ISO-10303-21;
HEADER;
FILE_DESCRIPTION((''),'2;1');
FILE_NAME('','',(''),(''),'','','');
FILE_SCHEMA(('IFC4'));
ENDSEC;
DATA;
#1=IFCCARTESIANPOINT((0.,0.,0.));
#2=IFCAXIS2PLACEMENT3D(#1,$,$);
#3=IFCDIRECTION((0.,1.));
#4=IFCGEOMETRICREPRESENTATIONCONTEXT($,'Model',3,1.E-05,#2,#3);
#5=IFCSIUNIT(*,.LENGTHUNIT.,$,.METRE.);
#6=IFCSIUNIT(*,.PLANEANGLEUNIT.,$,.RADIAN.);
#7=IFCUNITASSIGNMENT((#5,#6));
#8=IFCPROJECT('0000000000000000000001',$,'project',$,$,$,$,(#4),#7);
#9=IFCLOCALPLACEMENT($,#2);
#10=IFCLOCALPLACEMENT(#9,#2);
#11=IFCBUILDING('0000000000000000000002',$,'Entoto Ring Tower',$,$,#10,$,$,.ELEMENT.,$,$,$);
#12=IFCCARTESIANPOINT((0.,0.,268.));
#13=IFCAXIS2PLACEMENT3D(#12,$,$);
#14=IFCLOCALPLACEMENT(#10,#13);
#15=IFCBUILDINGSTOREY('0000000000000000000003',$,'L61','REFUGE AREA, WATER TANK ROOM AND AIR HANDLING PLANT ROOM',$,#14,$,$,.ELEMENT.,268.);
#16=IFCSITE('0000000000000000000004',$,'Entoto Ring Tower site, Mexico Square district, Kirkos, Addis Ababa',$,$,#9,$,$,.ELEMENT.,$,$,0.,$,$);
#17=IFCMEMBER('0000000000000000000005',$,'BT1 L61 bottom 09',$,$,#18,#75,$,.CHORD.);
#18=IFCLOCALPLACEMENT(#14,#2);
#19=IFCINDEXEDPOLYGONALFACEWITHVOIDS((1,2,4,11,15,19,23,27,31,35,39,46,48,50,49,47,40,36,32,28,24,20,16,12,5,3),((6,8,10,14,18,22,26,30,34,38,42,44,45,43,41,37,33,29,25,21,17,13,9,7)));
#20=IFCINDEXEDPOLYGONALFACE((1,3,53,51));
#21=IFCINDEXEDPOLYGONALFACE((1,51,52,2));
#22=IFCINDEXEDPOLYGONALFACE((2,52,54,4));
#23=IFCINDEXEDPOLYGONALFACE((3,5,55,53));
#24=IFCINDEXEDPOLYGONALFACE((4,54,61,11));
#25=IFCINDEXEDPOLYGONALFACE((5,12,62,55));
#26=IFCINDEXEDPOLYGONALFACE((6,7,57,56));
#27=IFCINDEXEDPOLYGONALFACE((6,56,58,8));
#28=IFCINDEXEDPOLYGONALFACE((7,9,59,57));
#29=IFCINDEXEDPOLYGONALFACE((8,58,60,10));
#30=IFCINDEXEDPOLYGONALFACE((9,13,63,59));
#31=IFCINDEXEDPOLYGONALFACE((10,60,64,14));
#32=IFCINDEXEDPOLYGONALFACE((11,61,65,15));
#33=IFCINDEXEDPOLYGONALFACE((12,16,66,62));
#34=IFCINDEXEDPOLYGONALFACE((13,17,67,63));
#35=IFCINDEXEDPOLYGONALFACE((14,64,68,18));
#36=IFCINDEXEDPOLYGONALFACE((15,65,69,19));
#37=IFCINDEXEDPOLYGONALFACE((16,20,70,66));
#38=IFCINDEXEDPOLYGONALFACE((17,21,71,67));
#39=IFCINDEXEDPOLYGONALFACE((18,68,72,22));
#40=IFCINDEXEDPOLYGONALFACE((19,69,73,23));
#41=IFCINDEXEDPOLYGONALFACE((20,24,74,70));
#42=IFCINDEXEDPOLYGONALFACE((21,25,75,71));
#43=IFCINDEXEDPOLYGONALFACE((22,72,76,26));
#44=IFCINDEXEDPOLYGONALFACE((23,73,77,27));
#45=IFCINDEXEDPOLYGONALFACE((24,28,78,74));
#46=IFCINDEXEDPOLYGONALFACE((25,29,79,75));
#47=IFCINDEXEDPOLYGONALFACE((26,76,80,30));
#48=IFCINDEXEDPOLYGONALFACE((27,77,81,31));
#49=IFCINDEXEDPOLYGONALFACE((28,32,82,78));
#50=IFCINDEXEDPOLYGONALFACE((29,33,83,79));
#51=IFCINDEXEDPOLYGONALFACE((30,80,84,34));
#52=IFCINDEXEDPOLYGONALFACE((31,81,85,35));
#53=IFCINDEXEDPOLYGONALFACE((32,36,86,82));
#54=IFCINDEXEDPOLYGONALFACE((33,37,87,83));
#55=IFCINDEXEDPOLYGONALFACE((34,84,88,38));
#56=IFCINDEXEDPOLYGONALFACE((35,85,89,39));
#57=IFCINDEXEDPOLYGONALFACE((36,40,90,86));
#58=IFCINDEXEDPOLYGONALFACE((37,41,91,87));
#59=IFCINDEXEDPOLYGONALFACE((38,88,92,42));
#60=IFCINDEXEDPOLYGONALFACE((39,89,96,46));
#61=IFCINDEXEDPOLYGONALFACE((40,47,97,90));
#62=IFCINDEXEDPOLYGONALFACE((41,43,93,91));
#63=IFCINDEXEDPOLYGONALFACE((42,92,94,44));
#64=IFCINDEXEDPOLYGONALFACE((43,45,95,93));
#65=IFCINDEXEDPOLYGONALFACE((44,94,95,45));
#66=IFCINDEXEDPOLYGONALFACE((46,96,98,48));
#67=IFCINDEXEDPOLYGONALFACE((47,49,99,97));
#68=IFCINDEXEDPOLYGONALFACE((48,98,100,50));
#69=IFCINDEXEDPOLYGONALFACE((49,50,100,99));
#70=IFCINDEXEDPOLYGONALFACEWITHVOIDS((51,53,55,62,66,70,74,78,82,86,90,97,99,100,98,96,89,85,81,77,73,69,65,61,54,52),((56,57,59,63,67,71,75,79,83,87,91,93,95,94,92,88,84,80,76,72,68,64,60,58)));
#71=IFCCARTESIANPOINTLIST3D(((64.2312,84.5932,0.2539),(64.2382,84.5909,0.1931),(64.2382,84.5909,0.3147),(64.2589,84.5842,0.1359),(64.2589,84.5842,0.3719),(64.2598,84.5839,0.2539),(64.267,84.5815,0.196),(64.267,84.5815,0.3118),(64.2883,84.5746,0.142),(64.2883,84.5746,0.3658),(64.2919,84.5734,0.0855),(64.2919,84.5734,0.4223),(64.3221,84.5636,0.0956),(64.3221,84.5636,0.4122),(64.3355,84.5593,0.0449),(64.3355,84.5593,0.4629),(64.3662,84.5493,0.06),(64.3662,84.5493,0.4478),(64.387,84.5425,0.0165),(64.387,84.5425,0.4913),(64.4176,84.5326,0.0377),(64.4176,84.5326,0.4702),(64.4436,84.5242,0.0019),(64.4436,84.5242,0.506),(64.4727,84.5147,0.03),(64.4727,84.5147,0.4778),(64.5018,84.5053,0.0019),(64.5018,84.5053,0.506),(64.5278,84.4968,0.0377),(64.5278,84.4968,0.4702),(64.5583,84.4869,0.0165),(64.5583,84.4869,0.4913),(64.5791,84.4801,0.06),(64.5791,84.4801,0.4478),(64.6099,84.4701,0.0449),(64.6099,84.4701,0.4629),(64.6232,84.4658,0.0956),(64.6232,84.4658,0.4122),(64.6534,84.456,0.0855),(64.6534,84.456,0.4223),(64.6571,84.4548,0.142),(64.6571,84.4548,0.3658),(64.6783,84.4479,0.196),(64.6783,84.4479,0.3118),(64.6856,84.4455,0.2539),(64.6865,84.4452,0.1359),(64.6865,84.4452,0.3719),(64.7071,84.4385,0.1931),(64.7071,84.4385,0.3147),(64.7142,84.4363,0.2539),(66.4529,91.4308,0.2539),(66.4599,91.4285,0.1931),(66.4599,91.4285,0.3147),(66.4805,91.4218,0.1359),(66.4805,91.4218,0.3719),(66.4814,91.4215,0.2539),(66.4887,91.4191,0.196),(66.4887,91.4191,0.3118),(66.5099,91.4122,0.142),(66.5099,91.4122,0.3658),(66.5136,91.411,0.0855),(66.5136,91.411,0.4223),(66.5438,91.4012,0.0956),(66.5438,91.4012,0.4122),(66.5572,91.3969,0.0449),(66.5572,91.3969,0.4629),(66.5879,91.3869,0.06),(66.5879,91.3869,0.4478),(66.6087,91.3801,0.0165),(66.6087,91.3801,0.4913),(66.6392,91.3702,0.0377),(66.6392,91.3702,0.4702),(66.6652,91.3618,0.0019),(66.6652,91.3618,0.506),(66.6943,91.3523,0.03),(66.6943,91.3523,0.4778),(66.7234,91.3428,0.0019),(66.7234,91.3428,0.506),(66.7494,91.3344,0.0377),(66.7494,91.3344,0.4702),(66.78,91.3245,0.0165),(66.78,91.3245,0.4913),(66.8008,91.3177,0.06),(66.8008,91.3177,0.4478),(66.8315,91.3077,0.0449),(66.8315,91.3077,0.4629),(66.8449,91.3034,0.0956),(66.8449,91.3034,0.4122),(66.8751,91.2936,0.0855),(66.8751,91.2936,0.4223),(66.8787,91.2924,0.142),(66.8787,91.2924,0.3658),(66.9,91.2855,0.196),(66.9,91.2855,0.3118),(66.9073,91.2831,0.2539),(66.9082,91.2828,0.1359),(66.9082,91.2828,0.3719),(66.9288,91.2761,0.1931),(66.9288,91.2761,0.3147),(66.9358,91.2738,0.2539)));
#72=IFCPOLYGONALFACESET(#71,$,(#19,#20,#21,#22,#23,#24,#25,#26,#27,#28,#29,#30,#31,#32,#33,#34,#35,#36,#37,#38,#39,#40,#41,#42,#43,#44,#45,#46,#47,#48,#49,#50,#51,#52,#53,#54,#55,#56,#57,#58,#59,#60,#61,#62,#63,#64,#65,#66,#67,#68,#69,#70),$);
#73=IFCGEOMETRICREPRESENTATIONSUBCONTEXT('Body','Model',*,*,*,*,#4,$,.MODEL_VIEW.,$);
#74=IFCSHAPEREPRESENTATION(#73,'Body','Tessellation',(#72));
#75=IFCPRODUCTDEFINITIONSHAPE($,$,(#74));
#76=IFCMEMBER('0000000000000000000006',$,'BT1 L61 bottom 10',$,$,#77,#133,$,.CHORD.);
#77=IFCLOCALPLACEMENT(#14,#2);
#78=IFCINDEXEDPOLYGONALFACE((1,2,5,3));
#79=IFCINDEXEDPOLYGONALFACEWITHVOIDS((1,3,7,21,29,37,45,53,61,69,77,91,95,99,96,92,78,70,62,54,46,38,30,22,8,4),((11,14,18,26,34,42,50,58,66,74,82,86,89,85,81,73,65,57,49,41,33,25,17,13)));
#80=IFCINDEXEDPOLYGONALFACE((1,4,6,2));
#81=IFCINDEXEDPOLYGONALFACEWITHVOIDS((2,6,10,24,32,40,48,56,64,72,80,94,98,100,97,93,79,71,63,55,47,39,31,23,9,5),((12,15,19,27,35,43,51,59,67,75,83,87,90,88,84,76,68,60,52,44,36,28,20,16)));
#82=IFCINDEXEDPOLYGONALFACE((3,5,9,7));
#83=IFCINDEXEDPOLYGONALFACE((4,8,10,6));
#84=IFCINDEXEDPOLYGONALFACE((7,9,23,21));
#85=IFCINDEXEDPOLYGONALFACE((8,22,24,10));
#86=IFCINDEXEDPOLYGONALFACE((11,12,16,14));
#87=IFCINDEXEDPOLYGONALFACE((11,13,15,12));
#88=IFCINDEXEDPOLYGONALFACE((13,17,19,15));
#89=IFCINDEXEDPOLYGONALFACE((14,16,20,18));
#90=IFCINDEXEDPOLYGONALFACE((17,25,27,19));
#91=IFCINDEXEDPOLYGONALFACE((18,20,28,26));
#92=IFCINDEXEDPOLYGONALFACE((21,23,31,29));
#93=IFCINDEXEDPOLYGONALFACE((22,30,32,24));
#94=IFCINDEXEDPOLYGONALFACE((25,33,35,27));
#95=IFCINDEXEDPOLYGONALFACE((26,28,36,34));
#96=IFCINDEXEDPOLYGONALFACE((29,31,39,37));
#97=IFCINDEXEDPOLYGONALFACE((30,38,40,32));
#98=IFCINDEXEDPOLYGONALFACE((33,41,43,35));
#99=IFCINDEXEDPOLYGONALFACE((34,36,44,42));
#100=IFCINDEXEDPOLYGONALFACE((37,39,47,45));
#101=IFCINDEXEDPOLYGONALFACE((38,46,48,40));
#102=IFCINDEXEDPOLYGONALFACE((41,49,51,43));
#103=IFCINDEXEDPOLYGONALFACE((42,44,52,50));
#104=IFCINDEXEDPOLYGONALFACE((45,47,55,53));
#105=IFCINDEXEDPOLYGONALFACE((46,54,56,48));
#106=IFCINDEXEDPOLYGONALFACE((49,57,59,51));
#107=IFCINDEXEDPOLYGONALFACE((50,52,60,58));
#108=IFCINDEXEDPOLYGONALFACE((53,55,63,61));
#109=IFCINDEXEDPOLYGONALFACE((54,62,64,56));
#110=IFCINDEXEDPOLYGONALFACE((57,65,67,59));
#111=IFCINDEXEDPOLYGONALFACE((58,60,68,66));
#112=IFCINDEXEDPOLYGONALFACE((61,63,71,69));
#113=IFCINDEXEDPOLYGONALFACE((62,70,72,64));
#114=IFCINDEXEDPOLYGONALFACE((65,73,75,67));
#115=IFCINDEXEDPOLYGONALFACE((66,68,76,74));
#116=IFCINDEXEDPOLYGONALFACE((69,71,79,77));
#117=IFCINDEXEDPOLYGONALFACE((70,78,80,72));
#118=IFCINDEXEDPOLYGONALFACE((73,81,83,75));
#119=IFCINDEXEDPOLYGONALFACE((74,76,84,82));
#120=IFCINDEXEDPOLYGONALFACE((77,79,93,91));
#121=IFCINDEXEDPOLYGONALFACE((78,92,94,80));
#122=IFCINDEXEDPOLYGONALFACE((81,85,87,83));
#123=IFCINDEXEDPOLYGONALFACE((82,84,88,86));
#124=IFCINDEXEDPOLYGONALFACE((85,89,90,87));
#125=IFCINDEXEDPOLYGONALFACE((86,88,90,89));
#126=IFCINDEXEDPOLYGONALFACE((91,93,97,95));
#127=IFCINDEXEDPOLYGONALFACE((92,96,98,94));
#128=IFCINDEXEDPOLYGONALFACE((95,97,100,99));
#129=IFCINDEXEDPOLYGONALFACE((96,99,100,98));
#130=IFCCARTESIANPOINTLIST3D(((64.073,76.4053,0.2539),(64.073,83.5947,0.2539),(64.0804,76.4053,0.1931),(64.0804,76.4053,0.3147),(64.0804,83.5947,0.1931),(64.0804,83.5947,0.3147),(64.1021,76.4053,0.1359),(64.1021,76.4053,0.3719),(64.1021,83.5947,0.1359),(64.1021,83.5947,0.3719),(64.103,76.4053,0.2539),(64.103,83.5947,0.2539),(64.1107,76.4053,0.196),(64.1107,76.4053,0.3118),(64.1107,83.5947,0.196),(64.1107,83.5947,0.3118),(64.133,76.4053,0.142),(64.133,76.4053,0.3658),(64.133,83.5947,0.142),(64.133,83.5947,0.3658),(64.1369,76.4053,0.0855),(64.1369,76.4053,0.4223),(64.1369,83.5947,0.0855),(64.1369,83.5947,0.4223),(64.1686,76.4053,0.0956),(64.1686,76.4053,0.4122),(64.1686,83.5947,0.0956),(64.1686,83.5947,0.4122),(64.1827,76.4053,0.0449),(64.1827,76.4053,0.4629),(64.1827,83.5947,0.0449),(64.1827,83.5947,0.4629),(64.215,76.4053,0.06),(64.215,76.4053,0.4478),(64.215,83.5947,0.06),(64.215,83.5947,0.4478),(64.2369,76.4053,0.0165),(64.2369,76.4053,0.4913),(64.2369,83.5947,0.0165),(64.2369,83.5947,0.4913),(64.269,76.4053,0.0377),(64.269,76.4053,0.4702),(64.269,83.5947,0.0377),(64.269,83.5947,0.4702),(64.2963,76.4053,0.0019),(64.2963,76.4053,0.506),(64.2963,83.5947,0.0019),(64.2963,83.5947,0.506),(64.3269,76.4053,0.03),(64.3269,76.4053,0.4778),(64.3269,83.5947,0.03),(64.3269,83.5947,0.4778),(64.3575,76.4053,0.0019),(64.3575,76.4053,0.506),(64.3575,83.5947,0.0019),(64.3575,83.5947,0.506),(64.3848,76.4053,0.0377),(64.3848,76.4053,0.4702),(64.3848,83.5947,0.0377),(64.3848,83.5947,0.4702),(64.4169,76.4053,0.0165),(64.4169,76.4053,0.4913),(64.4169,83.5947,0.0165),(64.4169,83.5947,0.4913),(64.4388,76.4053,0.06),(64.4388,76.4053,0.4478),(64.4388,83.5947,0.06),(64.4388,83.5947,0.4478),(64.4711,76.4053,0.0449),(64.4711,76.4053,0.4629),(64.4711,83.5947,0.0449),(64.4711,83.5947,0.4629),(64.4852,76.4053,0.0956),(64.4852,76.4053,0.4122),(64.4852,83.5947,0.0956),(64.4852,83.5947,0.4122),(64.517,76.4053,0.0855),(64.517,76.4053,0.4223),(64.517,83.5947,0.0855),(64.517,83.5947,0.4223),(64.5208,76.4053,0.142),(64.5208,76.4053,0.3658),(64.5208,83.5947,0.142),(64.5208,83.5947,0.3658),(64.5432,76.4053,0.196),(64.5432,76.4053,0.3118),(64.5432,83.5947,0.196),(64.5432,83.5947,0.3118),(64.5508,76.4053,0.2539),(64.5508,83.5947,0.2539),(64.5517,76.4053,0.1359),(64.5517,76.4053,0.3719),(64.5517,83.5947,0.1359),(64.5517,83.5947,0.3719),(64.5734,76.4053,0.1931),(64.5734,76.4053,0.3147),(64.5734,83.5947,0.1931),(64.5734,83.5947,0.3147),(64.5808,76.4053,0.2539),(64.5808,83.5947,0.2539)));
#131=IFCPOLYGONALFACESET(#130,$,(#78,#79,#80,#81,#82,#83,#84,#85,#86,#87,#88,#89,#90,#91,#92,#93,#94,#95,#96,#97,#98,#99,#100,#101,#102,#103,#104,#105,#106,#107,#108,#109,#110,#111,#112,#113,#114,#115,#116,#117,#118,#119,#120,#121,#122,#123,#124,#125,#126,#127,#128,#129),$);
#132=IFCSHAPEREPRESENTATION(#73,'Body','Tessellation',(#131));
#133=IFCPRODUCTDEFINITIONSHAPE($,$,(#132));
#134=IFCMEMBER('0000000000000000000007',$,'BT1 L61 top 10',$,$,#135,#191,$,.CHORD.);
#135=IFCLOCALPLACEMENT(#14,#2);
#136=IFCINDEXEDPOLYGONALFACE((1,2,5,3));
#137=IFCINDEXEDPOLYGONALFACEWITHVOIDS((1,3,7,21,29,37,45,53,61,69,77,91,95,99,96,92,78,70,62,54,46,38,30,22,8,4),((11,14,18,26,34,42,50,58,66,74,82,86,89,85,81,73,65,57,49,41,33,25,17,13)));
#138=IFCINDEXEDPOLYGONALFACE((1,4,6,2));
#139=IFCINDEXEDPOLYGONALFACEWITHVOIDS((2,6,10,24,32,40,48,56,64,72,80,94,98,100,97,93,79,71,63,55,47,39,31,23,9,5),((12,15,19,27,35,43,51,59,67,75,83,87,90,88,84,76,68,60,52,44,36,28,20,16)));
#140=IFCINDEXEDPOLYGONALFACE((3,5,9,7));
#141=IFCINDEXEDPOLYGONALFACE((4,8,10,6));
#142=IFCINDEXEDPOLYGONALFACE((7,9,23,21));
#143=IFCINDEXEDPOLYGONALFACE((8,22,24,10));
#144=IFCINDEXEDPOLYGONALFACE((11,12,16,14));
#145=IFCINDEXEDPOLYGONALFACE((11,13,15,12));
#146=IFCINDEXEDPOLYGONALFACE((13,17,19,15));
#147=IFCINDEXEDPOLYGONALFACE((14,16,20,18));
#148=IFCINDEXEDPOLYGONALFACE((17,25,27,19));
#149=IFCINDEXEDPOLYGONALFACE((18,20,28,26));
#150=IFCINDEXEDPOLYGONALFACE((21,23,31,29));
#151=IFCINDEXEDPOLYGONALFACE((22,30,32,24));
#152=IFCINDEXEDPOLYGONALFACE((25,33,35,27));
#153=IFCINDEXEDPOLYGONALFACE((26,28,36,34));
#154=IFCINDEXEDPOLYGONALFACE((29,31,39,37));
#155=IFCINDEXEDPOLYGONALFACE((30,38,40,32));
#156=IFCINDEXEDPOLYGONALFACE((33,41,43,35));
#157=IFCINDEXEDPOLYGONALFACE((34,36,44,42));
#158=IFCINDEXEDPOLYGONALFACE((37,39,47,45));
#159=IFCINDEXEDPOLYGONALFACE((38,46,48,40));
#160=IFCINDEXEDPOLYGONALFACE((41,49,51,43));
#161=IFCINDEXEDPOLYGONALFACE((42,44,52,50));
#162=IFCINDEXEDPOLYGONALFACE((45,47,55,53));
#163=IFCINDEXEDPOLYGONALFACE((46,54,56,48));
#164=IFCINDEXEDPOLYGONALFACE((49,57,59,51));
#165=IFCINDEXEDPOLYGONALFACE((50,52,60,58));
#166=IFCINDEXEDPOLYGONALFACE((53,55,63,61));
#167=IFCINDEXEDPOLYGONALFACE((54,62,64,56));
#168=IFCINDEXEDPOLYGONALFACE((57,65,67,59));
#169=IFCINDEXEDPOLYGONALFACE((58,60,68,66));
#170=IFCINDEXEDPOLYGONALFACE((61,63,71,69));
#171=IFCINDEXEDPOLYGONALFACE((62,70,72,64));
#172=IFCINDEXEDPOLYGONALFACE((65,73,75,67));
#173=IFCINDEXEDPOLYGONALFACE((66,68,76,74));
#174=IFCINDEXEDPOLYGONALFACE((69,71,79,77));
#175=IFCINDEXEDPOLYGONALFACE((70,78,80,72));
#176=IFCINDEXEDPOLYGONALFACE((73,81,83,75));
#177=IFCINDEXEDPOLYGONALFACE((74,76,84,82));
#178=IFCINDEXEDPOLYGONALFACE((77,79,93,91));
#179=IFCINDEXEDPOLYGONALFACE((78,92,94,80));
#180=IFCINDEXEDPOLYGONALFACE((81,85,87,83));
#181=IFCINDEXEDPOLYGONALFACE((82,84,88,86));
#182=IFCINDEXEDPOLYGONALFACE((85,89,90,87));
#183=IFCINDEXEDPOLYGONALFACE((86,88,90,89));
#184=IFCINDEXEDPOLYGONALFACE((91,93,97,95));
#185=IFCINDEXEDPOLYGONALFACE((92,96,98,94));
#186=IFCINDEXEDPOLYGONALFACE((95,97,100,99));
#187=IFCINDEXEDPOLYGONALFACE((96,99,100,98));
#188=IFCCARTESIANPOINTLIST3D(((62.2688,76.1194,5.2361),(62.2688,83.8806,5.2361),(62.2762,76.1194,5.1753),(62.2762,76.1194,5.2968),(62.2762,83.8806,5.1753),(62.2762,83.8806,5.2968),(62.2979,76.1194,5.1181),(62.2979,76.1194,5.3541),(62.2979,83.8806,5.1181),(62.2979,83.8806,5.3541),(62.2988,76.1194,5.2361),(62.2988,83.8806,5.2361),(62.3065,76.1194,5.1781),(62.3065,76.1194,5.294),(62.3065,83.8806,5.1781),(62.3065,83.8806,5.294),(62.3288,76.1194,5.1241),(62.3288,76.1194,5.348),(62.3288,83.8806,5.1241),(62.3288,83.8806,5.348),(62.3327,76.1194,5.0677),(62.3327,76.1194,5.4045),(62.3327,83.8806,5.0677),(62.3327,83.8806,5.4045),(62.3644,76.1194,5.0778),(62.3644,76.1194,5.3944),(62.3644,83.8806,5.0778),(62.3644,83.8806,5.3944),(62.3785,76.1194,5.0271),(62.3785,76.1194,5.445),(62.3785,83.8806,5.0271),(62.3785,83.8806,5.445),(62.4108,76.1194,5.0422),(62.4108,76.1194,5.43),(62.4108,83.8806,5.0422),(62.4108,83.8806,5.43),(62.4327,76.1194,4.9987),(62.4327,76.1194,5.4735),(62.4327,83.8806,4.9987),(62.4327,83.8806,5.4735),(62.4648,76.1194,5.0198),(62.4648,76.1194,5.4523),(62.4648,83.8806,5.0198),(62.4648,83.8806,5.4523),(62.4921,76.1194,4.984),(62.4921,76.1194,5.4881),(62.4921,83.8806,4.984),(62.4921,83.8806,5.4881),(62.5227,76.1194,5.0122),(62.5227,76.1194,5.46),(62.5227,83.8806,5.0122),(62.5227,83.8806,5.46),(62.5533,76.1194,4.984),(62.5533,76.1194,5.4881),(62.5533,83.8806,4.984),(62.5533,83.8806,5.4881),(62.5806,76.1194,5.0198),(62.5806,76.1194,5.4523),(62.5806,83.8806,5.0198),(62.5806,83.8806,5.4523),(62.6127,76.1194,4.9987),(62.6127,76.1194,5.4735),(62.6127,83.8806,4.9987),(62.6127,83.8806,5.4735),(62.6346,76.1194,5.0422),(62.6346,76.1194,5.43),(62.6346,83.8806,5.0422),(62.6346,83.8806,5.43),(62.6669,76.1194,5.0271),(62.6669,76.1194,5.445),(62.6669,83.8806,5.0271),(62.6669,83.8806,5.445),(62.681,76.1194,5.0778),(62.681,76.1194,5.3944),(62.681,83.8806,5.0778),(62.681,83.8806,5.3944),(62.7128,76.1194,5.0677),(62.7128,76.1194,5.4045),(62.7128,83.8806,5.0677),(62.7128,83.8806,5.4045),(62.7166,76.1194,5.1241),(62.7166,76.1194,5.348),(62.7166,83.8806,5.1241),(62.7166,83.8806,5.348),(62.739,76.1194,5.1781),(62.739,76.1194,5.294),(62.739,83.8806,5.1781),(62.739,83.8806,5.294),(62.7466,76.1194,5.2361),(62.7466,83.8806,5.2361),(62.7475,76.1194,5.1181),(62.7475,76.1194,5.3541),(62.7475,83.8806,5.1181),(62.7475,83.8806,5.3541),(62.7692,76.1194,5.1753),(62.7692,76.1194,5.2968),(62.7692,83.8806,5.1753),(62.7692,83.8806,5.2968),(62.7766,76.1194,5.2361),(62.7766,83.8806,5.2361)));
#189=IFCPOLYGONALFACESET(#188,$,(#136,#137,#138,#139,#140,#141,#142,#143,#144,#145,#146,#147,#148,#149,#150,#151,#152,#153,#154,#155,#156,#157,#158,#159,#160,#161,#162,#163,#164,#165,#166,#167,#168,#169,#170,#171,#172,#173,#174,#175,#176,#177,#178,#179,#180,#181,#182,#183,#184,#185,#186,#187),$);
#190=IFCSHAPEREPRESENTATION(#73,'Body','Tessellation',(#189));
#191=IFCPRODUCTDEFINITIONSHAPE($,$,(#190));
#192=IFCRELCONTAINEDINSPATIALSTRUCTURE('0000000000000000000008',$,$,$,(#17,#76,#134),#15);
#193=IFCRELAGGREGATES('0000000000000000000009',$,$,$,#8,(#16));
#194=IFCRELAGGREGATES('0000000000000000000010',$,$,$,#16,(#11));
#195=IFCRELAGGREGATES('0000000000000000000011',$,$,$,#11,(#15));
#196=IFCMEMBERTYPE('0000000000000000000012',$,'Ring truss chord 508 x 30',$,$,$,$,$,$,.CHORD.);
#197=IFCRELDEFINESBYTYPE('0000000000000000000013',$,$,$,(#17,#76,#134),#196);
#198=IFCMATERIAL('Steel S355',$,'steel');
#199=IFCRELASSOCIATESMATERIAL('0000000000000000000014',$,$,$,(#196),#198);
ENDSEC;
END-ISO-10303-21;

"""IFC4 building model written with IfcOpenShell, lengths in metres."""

from ifc_helpers import new_model, si_unit, direction, frame, origin, origin_2d, place, context, subcontext, project, spatial, circle, hollow_circle, extrude, material, material_profile, profile_set, type_object, element, save


model = new_model("IFC4")

# Units and contexts
model_context = context("Model", 3, precision=1e-05, world=origin(), true_north=direction((0.0, 1.0)))
body_context = subcontext(model_context, "Body", "Model", "MODEL_VIEW")
ifc_project = project(units=[si_unit("LENGTHUNIT", "METRE"), si_unit("PLANEANGLEUNIT", "RADIAN")], contexts=[model_context])

# Site, building, storey
site_placement = place(None, origin())
site = spatial("IfcSite", under=ifc_project, at=site_placement, Name="Entoto Ring Tower site, Mexico Square district, Kirkos, Addis Ababa", CompositionType="ELEMENT", RefElevation=0.0)
building_placement = place(site_placement, origin())
building = spatial("IfcBuilding", under=site, at=building_placement, Name="Entoto Ring Tower", CompositionType="ELEMENT")
storey_placement = place(building_placement, frame((0.0, 0.0, 268.0)))
storey = spatial("IfcBuildingStorey", under=building, at=storey_placement, Name="L61", Description="REFUGE AREA, WATER TANK ROOM AND AIR HANDLING PLANT ROOM", CompositionType="ELEMENT", Elevation=268.0)

# Members
ifc_material_1 = material(Name="Steel S355", Category="steel")
ifc_material_profile_1 = material_profile(ifc_material_1, hollow_circle(Radius=0.2539, WallThickness=0.03, at=origin_2d()), Name="CHS 508 x 30")
ifc_material_2 = material(Name="Concrete C60/75", Category="concrete")
ifc_material_profile_2 = material_profile(ifc_material_2, circle(Radius=0.2241, at=origin_2d()), Name="Concrete C60/75 infill")
ifc_profile_set_1 = profile_set([ifc_material_profile_1, ifc_material_profile_2], Name="Steel S355")
member_type_1 = type_object("IfcMemberType", Name="Ring truss chord 508 x 30", PredefinedType="CHORD", material=ifc_profile_set_1)
for number, where, z_axis, x_axis, name in (
    (1, (66.6943, 91.3523, 0.2539), (-0.309016, -0.951057, 0.0), (0.951057, -0.309016, 0.0), "BT1 L61 bottom 09"),
    (2, (64.3269, 83.5947, 0.2539), (0.0, -1.0, 0.0), (1.0, 0.0, 0.0), "BT1 L61 bottom 10"),
):
    element("IfcMember", number, at=place(storey_placement, frame(where, z_axis=z_axis, x_axis=x_axis)), inside=storey, type_object=member_type_1, Name=name, PredefinedType="CHORD", context=body_context, shape_type="SweptSolid", body=[
        extrude(hollow_circle(Radius=0.2539, WallThickness=0.03, at=origin_2d()), origin(), (0.0, 0.0, 1.0), 7.1895),
    ])
member_1_placement = place(storey_placement, frame((62.5227, 83.8806, 5.2361), z_axis=(0.0, -1.0, 0.0), x_axis=(1.0, 0.0, 0.0)))
element("IfcMember", 3, at=member_1_placement, inside=storey, type_object=member_type_1, Name="BT1 L61 top 10", PredefinedType="CHORD", context=body_context, shape_type="SweptSolid", body=[
    extrude(hollow_circle(Radius=0.2539, WallThickness=0.03, at=origin_2d()), origin(), (0.0, 0.0, 1.0), 7.7612),
])

save(model, "model.ifc")
